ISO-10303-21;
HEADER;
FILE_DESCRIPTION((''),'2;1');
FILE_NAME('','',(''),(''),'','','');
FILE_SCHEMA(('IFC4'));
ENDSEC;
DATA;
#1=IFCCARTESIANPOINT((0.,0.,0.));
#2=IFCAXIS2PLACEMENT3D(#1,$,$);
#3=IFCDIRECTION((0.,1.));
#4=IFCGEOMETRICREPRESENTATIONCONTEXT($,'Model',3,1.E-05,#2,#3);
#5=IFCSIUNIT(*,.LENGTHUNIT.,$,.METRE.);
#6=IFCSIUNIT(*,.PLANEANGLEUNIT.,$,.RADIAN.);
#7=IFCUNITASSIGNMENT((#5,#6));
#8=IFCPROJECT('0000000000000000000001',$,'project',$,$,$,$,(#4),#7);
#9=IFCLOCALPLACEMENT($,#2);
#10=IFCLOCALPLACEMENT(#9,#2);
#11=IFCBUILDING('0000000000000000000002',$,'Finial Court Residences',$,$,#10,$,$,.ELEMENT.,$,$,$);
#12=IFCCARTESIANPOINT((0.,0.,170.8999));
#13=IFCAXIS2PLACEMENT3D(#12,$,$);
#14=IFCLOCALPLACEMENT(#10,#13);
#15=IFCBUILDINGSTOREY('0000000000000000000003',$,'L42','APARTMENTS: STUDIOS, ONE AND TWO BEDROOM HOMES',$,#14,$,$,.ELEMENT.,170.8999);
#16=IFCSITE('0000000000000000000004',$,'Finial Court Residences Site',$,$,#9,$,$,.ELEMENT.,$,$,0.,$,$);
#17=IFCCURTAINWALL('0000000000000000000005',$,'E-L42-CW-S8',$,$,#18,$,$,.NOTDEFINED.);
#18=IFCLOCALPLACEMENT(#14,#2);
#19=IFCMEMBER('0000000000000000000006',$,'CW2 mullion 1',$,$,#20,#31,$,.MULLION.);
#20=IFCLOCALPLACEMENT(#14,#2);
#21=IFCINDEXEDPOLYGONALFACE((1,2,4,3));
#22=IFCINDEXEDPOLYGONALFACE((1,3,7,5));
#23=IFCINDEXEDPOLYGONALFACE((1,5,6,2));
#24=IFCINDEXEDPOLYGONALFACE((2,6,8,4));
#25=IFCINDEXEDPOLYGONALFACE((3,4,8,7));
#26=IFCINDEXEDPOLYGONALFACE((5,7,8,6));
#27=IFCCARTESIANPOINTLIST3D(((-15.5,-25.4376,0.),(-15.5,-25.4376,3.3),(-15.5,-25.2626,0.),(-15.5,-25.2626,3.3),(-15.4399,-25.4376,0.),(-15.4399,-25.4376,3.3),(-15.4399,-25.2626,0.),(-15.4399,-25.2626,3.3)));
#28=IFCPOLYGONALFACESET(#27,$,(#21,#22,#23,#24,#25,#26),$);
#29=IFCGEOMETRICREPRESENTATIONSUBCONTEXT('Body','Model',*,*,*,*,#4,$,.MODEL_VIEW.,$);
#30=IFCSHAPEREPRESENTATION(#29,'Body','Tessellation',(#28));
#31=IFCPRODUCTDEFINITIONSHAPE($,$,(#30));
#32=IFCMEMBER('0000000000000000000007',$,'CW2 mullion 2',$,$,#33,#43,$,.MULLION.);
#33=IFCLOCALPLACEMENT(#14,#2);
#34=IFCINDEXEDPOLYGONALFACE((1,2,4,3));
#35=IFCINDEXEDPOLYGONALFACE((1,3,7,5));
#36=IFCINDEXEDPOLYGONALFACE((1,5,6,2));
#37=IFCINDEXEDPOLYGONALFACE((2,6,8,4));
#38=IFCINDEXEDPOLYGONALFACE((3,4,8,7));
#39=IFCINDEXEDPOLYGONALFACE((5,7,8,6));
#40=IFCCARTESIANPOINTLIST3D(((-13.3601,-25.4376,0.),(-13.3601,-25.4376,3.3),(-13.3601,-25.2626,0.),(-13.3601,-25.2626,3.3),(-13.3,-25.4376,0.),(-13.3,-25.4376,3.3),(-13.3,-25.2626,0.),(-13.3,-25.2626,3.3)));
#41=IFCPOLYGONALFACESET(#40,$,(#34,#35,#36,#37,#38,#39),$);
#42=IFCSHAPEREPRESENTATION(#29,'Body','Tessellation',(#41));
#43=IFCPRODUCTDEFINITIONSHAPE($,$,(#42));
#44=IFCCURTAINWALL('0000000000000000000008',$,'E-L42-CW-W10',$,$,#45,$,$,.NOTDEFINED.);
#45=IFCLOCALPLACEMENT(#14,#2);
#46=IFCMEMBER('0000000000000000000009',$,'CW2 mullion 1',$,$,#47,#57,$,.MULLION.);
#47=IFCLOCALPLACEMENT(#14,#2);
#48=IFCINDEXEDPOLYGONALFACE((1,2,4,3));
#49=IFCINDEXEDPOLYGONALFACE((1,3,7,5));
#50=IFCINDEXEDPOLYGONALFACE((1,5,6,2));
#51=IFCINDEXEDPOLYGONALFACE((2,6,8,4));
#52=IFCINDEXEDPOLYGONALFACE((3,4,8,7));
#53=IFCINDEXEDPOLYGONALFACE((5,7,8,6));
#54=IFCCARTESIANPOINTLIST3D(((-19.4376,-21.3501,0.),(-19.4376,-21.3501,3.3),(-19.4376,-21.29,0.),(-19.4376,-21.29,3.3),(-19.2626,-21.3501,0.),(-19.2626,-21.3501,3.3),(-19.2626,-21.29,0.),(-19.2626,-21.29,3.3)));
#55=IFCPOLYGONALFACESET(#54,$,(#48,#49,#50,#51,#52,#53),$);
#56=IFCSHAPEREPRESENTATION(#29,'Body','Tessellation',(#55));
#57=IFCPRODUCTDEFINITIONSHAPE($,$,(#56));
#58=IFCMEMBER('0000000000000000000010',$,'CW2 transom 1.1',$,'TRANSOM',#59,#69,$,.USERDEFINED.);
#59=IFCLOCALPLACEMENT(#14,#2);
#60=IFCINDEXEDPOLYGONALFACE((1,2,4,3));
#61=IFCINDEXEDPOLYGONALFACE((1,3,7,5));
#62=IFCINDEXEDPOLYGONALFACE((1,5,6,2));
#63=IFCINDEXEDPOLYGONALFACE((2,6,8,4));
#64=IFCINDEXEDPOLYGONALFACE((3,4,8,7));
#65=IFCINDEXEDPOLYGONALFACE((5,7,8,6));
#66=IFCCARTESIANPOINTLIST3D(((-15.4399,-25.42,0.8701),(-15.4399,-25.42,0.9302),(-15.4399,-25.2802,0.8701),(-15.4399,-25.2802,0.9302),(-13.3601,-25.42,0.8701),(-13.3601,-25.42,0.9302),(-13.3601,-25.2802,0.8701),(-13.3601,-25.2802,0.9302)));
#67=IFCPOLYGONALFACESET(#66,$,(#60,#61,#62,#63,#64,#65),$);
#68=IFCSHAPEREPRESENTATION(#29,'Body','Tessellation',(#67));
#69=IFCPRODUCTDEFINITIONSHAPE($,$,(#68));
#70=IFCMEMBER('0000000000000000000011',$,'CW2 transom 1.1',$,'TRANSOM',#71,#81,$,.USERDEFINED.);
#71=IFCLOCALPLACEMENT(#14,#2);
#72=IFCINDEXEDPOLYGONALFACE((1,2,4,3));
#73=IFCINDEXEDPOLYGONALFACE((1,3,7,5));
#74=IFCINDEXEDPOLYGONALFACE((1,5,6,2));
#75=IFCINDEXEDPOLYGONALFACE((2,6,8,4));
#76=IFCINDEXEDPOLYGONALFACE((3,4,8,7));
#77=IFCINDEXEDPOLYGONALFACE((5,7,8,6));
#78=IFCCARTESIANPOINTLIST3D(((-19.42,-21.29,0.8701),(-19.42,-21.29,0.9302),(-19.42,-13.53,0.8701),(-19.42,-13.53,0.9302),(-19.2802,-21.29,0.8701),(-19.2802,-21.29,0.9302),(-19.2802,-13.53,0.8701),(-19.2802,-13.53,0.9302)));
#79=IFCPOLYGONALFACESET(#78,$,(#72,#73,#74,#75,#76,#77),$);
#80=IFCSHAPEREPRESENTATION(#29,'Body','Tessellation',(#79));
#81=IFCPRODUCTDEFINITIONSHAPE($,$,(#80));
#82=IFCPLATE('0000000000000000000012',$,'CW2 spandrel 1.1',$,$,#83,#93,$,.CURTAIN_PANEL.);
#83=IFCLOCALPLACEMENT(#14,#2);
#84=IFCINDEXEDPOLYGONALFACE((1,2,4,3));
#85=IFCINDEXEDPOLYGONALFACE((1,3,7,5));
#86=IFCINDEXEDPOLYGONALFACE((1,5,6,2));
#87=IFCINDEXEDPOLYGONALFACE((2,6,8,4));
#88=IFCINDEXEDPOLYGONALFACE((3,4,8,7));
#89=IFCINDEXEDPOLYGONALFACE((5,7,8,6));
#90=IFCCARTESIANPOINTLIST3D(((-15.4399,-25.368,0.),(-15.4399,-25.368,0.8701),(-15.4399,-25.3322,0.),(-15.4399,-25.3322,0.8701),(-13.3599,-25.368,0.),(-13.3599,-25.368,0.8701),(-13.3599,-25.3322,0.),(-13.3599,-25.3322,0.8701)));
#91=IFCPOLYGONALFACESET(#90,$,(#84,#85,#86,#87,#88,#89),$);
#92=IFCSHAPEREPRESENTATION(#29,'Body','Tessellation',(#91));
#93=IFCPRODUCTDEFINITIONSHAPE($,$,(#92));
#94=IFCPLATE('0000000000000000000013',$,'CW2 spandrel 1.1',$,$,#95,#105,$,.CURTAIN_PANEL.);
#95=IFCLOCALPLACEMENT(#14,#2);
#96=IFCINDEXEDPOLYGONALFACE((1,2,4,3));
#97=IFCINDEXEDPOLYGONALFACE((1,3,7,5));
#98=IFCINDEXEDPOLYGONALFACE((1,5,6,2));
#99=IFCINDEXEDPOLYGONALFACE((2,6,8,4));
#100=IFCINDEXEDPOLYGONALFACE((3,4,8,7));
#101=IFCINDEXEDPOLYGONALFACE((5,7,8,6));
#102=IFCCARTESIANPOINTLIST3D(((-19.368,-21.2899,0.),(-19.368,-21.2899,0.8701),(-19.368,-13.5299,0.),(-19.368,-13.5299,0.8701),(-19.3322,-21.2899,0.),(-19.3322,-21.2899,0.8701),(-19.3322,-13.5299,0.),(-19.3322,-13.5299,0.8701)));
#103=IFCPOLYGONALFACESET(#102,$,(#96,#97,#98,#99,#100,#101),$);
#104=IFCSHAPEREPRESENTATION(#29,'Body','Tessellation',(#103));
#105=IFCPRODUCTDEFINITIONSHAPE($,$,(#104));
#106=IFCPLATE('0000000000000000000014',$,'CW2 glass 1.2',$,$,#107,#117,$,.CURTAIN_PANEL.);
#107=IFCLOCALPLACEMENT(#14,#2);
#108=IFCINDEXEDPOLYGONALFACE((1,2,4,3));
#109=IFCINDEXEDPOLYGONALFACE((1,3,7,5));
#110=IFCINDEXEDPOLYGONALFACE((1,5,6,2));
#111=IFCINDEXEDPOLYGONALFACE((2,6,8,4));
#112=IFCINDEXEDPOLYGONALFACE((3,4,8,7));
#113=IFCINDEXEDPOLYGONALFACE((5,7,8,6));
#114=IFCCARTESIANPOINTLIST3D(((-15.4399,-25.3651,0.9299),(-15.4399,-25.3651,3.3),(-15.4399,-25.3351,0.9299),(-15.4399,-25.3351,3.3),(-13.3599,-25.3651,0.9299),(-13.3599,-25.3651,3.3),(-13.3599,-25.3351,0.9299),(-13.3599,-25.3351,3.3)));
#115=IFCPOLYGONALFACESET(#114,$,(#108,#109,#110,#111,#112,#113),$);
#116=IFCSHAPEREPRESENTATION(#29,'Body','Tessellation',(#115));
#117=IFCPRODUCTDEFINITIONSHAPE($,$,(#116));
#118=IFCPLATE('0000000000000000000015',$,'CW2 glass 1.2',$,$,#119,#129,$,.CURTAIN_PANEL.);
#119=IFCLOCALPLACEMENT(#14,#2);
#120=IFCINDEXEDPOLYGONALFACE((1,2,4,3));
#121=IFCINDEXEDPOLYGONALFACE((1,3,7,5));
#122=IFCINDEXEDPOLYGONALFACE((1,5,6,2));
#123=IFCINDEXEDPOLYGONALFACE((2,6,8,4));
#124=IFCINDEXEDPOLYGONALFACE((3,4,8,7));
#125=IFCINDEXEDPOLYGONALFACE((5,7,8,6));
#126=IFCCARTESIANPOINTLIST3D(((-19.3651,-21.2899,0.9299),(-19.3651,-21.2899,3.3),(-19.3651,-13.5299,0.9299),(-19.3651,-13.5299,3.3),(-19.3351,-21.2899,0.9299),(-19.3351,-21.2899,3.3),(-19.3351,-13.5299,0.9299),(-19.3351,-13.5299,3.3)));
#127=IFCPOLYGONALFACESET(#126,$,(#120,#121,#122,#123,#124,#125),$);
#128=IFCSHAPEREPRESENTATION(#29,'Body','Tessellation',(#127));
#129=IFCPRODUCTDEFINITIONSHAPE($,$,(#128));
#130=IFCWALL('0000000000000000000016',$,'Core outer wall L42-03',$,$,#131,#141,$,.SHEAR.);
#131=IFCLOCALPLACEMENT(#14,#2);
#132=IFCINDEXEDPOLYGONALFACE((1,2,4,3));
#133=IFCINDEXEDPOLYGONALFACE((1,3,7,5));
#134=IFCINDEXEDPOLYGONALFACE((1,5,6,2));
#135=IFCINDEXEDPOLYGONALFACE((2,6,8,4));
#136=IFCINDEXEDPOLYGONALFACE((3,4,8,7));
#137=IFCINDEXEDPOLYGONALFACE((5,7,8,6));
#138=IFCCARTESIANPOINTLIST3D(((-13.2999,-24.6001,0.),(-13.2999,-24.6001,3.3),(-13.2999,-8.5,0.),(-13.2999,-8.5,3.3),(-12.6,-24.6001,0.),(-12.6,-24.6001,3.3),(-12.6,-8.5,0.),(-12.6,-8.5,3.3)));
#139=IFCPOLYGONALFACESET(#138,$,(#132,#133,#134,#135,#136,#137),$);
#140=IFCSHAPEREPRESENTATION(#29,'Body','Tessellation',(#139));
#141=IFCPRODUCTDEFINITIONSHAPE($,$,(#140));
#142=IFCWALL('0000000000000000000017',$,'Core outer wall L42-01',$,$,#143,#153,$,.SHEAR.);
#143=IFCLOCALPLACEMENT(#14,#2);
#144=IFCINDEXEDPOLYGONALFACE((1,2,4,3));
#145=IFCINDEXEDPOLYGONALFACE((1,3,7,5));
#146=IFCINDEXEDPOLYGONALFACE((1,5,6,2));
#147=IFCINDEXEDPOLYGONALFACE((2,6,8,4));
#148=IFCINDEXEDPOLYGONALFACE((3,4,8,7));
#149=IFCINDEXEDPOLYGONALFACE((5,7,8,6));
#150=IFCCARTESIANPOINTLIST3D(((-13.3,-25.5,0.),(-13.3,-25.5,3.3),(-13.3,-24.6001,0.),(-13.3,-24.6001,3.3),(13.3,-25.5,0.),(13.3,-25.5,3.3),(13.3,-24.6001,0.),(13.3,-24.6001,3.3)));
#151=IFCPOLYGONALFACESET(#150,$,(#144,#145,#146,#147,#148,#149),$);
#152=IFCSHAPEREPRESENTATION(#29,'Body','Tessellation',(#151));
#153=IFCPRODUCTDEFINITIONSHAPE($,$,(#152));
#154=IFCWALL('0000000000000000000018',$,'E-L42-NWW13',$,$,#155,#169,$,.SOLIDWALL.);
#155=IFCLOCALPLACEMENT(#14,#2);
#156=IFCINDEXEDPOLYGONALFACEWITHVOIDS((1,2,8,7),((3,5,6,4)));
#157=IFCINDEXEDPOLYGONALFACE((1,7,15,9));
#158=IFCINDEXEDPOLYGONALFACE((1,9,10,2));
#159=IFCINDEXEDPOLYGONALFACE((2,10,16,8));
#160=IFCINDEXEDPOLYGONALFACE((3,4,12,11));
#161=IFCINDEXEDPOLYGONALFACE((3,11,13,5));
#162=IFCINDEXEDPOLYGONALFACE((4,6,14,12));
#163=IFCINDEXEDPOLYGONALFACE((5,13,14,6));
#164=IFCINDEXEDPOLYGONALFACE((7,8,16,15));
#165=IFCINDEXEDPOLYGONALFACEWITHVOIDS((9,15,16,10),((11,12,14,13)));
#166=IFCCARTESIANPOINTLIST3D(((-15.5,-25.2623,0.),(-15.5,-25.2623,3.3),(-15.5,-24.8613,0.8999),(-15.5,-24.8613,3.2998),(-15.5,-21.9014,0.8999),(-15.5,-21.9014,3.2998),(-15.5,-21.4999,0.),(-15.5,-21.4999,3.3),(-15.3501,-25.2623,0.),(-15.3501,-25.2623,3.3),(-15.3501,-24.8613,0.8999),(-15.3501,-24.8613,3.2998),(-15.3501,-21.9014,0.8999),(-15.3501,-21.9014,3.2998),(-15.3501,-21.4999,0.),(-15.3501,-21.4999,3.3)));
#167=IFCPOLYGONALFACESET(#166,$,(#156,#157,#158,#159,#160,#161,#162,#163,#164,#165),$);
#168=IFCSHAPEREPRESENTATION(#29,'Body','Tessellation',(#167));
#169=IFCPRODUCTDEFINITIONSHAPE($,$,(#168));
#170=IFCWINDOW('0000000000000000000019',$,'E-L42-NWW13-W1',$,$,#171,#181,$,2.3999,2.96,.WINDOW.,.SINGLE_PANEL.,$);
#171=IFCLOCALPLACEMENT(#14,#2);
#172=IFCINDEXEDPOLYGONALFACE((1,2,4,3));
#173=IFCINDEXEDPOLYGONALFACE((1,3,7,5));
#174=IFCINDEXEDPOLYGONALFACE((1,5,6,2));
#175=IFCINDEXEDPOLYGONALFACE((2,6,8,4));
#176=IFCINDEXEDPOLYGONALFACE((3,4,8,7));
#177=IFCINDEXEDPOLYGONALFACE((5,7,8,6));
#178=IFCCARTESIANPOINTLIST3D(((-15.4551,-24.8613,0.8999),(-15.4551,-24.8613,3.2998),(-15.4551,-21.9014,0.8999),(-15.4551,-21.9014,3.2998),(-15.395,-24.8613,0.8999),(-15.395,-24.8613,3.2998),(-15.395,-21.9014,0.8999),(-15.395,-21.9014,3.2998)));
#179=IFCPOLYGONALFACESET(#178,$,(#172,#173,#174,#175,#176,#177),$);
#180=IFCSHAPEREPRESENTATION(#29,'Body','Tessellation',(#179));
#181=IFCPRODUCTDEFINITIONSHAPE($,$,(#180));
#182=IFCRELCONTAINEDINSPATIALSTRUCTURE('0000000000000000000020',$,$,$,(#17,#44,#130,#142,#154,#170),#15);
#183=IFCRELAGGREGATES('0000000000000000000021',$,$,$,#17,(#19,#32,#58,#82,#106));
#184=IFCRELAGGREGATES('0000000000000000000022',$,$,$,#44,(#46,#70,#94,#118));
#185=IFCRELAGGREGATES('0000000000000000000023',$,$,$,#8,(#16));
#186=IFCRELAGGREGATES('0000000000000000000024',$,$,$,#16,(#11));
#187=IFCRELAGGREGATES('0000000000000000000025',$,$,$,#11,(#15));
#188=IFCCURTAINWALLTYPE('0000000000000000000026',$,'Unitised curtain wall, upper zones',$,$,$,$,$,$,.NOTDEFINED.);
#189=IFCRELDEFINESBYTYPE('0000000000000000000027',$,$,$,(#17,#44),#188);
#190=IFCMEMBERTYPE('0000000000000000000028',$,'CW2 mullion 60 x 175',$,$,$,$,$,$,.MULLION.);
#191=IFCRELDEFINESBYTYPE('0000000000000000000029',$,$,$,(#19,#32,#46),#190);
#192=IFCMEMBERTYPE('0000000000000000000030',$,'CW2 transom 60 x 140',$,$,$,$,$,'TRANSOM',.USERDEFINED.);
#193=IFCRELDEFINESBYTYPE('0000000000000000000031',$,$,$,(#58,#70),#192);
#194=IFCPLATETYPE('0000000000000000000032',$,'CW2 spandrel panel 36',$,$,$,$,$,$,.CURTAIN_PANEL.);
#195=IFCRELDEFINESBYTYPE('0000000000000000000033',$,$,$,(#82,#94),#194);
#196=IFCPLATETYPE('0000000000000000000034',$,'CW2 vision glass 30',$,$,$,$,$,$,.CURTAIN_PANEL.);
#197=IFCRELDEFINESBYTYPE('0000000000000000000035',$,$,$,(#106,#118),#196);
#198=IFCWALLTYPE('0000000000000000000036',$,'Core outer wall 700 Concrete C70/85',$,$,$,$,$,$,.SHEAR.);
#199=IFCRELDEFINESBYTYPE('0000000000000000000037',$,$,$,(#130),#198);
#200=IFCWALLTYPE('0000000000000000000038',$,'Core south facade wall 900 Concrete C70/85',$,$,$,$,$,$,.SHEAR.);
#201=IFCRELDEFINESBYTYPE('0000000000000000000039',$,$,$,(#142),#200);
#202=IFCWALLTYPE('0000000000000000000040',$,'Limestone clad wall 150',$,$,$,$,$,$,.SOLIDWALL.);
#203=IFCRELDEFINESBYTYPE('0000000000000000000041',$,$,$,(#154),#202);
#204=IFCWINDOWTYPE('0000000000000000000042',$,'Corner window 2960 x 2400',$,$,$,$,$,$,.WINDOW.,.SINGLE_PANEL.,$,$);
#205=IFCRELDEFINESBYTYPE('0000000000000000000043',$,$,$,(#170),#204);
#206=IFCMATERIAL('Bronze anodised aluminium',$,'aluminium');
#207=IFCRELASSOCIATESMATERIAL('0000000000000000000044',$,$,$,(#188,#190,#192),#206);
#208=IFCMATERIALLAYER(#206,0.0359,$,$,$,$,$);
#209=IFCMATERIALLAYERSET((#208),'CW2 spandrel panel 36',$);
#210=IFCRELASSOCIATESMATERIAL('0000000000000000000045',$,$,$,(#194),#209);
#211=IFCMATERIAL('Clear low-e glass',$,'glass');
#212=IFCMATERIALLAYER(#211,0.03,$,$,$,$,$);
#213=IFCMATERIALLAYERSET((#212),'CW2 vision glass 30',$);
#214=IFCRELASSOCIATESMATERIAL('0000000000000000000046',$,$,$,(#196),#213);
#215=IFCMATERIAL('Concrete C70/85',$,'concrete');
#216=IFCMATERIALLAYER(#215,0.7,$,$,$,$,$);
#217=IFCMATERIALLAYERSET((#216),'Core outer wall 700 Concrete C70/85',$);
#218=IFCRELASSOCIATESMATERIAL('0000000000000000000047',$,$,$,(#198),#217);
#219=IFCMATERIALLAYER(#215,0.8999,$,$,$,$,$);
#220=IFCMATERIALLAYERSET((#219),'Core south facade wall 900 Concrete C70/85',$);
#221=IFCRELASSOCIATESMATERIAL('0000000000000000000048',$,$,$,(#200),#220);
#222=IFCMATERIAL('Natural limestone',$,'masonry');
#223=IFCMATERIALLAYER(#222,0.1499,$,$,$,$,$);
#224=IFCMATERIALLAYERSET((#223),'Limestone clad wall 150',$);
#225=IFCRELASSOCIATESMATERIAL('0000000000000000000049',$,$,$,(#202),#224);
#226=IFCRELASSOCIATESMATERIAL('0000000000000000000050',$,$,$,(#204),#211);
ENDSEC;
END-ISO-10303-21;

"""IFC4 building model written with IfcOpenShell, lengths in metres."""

from ifc_helpers import new_model, si_unit, direction, frame, frame_2d, origin, origin_2d, place, context, subcontext, project, spatial, rectangle, extrude, material, layer, layer_set, material_profile, profile_set, type_object, element, fill, aggregate, save


model = new_model("IFC4")

# Units and contexts
model_context = context("Model", 3, precision=1e-05, world=origin(), true_north=direction((0.0, 1.0)))
body_context = subcontext(model_context, "Body", "Model", "MODEL_VIEW")
ifc_project = project(units=[si_unit("LENGTHUNIT", "METRE"), si_unit("PLANEANGLEUNIT", "RADIAN")], contexts=[model_context])

# Site, building, storey
site_placement = place(None, origin())
site = spatial("IfcSite", under=ifc_project, at=site_placement, Name="Finial Court Residences Site", CompositionType="ELEMENT", RefElevation=0.0)
building_placement = place(site_placement, origin())
building = spatial("IfcBuilding", under=site, at=building_placement, Name="Finial Court Residences", CompositionType="ELEMENT")
storey_placement = place(building_placement, frame((0.0, 0.0, 170.8999)))
storey = spatial("IfcBuildingStorey", under=building, at=storey_placement, Name="L42", Description="APARTMENTS: STUDIOS, ONE AND TWO BEDROOM HOMES", CompositionType="ELEMENT", Elevation=170.8999)

# Curtain wall, members
ifc_material_1 = material(Name="Bronze anodised aluminium", Category="aluminium")
curtain_wall_type = type_object("IfcCurtainWallType", Name="Unitised curtain wall, upper zones", PredefinedType="NOTDEFINED", material=ifc_material_1)
curtain_wall_1_placement = place(storey_placement, origin())
curtain_wall_1 = element("IfcCurtainWall", 1, at=curtain_wall_1_placement, inside=storey, type_object=curtain_wall_type, Name="E-L42-CW-S8", PredefinedType="NOTDEFINED")
ifc_material_profile_1 = material_profile(ifc_material_1, rectangle(XDim=0.175, YDim=0.0601, at=origin_2d()), Name="CW2 mullion 60 x 175")
ifc_profile_set_1 = profile_set([ifc_material_profile_1], Name="Bronze anodised aluminium")
member_type_1 = type_object("IfcMemberType", Name="CW2 mullion 60 x 175", PredefinedType="MULLION", material=ifc_profile_set_1)
member_1_placement = place(storey_placement, frame((-15.47, -25.3501, 0.0), z_axis=(0.0, 0.0, 1.0), x_axis=(0.0, 1.0, 0.0)))
member_1 = element("IfcMember", 2, at=member_1_placement, type_object=member_type_1, Name="CW2 mullion 1", PredefinedType="MULLION", context=body_context, shape_type="SweptSolid", body=[
    extrude(rectangle(XDim=0.175, YDim=0.0601, at=origin_2d()), origin(), (0.0, 0.0, 1.0), 3.3),
])
member_2_placement = place(storey_placement, frame((-13.3301, -25.3501, 0.0), z_axis=(0.0, 0.0, 1.0), x_axis=(0.0, 1.0, 0.0)))
member_2 = element("IfcMember", 3, at=member_2_placement, type_object=member_type_1, Name="CW2 mullion 2", PredefinedType="MULLION", context=body_context, shape_type="SweptSolid", body=[
    extrude(rectangle(XDim=0.175, YDim=0.0601, at=origin_2d()), origin(), (0.0, 0.0, 1.0), 3.3),
])

# Curtain wall, member
curtain_wall_2_placement = place(storey_placement, origin())
curtain_wall_2 = element("IfcCurtainWall", 4, at=curtain_wall_2_placement, inside=storey, type_object=curtain_wall_type, Name="E-L42-CW-W10", PredefinedType="NOTDEFINED")
member_3_placement = place(storey_placement, frame((-19.3501, -21.3201, 0.0), z_axis=(0.0, 0.0, 1.0), x_axis=(-1.0, 0.0, 0.0)))
member_3 = element("IfcMember", 5, at=member_3_placement, type_object=member_type_1, Name="CW2 mullion 1", PredefinedType="MULLION", context=body_context, shape_type="SweptSolid", body=[
    extrude(rectangle(XDim=0.175, YDim=0.0601, at=origin_2d()), origin(), (0.0, 0.0, 1.0), 3.3),
])

# Members
ifc_material_profile_2 = material_profile(ifc_material_1, rectangle(XDim=0.1399, YDim=0.0601, at=origin_2d()), Name="CW2 transom 60 x 140")
ifc_profile_set_2 = profile_set([ifc_material_profile_2], Name="Bronze anodised aluminium")
member_type_2 = type_object("IfcMemberType", Name="CW2 transom 60 x 140", ElementType="TRANSOM", PredefinedType="USERDEFINED", material=ifc_profile_set_2)
member_4_placement = place(storey_placement, frame((-15.4399, -25.3501, 0.9001), z_axis=(1.0, 0.0, 0.0), x_axis=(0.0, 1.0, 0.0)))
member_4 = element("IfcMember", 6, at=member_4_placement, type_object=member_type_2, Name="CW2 transom 1.1", ObjectType="TRANSOM", PredefinedType="USERDEFINED", context=body_context, shape_type="SweptSolid", body=[
    extrude(rectangle(XDim=0.1399, YDim=0.0601, at=origin_2d()), origin(), (0.0, 0.0, 1.0), 2.0798),
])
member_5_placement = place(storey_placement, frame((-19.3501, -21.29, 0.9001), z_axis=(0.0, 1.0, 0.0), x_axis=(-1.0, 0.0, 0.0)))
member_5 = element("IfcMember", 7, at=member_5_placement, type_object=member_type_2, Name="CW2 transom 1.1", ObjectType="TRANSOM", PredefinedType="USERDEFINED", context=body_context, shape_type="SweptSolid", body=[
    extrude(rectangle(XDim=0.1399, YDim=0.0601, at=origin_2d()), origin(), (0.0, 0.0, 1.0), 7.76),
])

# Plates
ifc_layer_1 = layer(ifc_material_1, 0.0359)
ifc_layer_set_1 = layer_set([ifc_layer_1], Name="CW2 spandrel panel 36")
plate_type_1 = type_object("IfcPlateType", Name="CW2 spandrel panel 36", PredefinedType="CURTAIN_PANEL", material=ifc_layer_set_1)
plate_1_placement = place(storey_placement, frame((-14.3999, -25.3501, 0.0), z_axis=(0.0, 0.0, 1.0), x_axis=(1.0, 0.0, 0.0)))
plate_1 = element("IfcPlate", 8, at=plate_1_placement, type_object=plate_type_1, Name="CW2 spandrel 1.1", PredefinedType="CURTAIN_PANEL", context=body_context, shape_type="SweptSolid", body=[
    extrude(rectangle(XDim=2.0801, YDim=0.0359, at=origin_2d()), origin(), (0.0, 0.0, 1.0), 0.8701),
])
plate_2_placement = place(storey_placement, frame((-19.3501, -17.4099, 0.0), z_axis=(0.0, 0.0, 1.0), x_axis=(0.0, 1.0, 0.0)))
plate_2 = element("IfcPlate", 9, at=plate_2_placement, type_object=plate_type_1, Name="CW2 spandrel 1.1", PredefinedType="CURTAIN_PANEL", context=body_context, shape_type="SweptSolid", body=[
    extrude(rectangle(XDim=7.76, YDim=0.0359, at=origin_2d()), origin(), (0.0, 0.0, 1.0), 0.8701),
])
ifc_material_2 = material(Name="Clear low-e glass", Category="glass")
ifc_layer_2 = layer(ifc_material_2, 0.03)
ifc_layer_set_2 = layer_set([ifc_layer_2], Name="CW2 vision glass 30")
plate_type_2 = type_object("IfcPlateType", Name="CW2 vision glass 30", PredefinedType="CURTAIN_PANEL", material=ifc_layer_set_2)
plate_3_placement = place(storey_placement, frame((-14.3999, -25.3501, 0.9299), z_axis=(0.0, 0.0, 1.0), x_axis=(1.0, 0.0, 0.0)))
plate_3 = element("IfcPlate", 10, at=plate_3_placement, type_object=plate_type_2, Name="CW2 glass 1.2", PredefinedType="CURTAIN_PANEL", context=body_context, shape_type="SweptSolid", body=[
    extrude(rectangle(XDim=2.0801, YDim=0.03, at=origin_2d()), origin(), (0.0, 0.0, 1.0), 2.3701),
])
aggregate(curtain_wall_1, [member_1, member_2, member_4, plate_1, plate_3])
plate_4_placement = place(storey_placement, frame((-19.3501, -17.4099, 0.9299), z_axis=(0.0, 0.0, 1.0), x_axis=(0.0, 1.0, 0.0)))
plate_4 = element("IfcPlate", 11, at=plate_4_placement, type_object=plate_type_2, Name="CW2 glass 1.2", PredefinedType="CURTAIN_PANEL", context=body_context, shape_type="SweptSolid", body=[
    extrude(rectangle(XDim=7.76, YDim=0.03, at=origin_2d()), origin(), (0.0, 0.0, 1.0), 2.3701),
])
aggregate(curtain_wall_2, [member_3, member_5, plate_2, plate_4])

# Walls
ifc_material_3 = material(Name="Concrete C70/85", Category="concrete")
ifc_layer_3 = layer(ifc_material_3, 0.7)
ifc_layer_set_3 = layer_set([ifc_layer_3], Name="Core outer wall 700 Concrete C70/85")
wall_type_1 = type_object("IfcWallType", Name="Core outer wall 700 Concrete C70/85", PredefinedType="SHEAR", material=ifc_layer_set_3)
wall_1_placement = place(storey_placement, frame((-12.95, -24.6001, 0.0), z_axis=(0.0, 0.0, 1.0), x_axis=(0.0, 1.0, 0.0)))
element("IfcWall", 12, at=wall_1_placement, inside=storey, type_object=wall_type_1, Name="Core outer wall L42-03", PredefinedType="SHEAR", context=body_context, shape_type="SweptSolid", body=[
    extrude(rectangle(XDim=16.1001, YDim=0.7, at=frame_2d((8.05, 0.0))), origin(), (0.0, 0.0, 1.0), 3.3),
])
ifc_layer_4 = layer(ifc_material_3, 0.8999)
ifc_layer_set_4 = layer_set([ifc_layer_4], Name="Core south facade wall 900 Concrete C70/85")
wall_type_2 = type_object("IfcWallType", Name="Core south facade wall 900 Concrete C70/85", PredefinedType="SHEAR", material=ifc_layer_set_4)
wall_2_placement = place(storey_placement, frame((-13.3, -25.05, 0.0), z_axis=(0.0, 0.0, 1.0), x_axis=(1.0, 0.0, 0.0)))
element("IfcWall", 13, at=wall_2_placement, inside=storey, type_object=wall_type_2, Name="Core outer wall L42-01", PredefinedType="SHEAR", context=body_context, shape_type="SweptSolid", body=[
    extrude(rectangle(XDim=26.6001, YDim=0.8999, at=frame_2d((13.3, 0.0))), origin(), (0.0, 0.0, 1.0), 3.3),
])

# Wall, opening, window
ifc_material_4 = material(Name="Natural limestone", Category="masonry")
ifc_layer_5 = layer(ifc_material_4, 0.1499)
ifc_layer_set_5 = layer_set([ifc_layer_5], Name="Limestone clad wall 150")
wall_type_3 = type_object("IfcWallType", Name="Limestone clad wall 150", PredefinedType="SOLIDWALL", material=ifc_layer_set_5)
wall_3_placement = place(storey_placement, frame((-15.425, -25.2625, 0.0), z_axis=(0.0, 0.0, 1.0), x_axis=(0.0, 1.0, 0.0)))
wall_3 = element("IfcWall", 14, at=wall_3_placement, inside=storey, type_object=wall_type_3, Name="E-L42-NWW13", PredefinedType="SOLIDWALL", context=body_context, shape_type="SweptSolid", body=[
    extrude(rectangle(XDim=3.7625, YDim=0.1499, at=frame_2d((1.8813, 0.0))), origin(), (0.0, 0.0, 1.0), 3.3),
])
opening_1_placement = place(wall_3_placement, frame((0.4011, 0.0, 0.8999)))
opening_1 = element("IfcOpeningElement", 15, at=opening_1_placement, cuts=wall_3, PredefinedType="OPENING", context=body_context, shape_type="SweptSolid", body=[
    extrude(rectangle(XDim=2.96, YDim=2.3999, at=frame_2d((1.48, 1.2))), frame((0.0, 0.085, 0.0), z_axis=(0.0, -1.0, 0.0), x_axis=(1.0, 0.0, 0.0)), (0.0, 0.0, 1.0), 0.1699),
])
window_type_1 = type_object("IfcWindowType", Name="Corner window 2960 x 2400", PartitioningType="SINGLE_PANEL", PredefinedType="WINDOW", material=ifc_material_2)
window_1_placement = place(opening_1_placement, origin())
window_1 = element("IfcWindow", 16, at=window_1_placement, inside=storey, type_object=window_type_1, Name="E-L42-NWW13-W1", OverallHeight=2.3999, OverallWidth=2.96, PartitioningType="SINGLE_PANEL", PredefinedType="WINDOW", context=body_context, shape_type="SweptSolid", body=[
    extrude(rectangle(XDim=2.96, YDim=2.3999, at=frame_2d((1.48, 1.2))), frame((0.0, 0.03, 0.0), z_axis=(0.0, -1.0, 0.0), x_axis=(1.0, 0.0, 0.0)), (0.0, 0.0, 1.0), 0.0601),
])
fill(opening_1, window_1)

save(model, "model.ifc")
